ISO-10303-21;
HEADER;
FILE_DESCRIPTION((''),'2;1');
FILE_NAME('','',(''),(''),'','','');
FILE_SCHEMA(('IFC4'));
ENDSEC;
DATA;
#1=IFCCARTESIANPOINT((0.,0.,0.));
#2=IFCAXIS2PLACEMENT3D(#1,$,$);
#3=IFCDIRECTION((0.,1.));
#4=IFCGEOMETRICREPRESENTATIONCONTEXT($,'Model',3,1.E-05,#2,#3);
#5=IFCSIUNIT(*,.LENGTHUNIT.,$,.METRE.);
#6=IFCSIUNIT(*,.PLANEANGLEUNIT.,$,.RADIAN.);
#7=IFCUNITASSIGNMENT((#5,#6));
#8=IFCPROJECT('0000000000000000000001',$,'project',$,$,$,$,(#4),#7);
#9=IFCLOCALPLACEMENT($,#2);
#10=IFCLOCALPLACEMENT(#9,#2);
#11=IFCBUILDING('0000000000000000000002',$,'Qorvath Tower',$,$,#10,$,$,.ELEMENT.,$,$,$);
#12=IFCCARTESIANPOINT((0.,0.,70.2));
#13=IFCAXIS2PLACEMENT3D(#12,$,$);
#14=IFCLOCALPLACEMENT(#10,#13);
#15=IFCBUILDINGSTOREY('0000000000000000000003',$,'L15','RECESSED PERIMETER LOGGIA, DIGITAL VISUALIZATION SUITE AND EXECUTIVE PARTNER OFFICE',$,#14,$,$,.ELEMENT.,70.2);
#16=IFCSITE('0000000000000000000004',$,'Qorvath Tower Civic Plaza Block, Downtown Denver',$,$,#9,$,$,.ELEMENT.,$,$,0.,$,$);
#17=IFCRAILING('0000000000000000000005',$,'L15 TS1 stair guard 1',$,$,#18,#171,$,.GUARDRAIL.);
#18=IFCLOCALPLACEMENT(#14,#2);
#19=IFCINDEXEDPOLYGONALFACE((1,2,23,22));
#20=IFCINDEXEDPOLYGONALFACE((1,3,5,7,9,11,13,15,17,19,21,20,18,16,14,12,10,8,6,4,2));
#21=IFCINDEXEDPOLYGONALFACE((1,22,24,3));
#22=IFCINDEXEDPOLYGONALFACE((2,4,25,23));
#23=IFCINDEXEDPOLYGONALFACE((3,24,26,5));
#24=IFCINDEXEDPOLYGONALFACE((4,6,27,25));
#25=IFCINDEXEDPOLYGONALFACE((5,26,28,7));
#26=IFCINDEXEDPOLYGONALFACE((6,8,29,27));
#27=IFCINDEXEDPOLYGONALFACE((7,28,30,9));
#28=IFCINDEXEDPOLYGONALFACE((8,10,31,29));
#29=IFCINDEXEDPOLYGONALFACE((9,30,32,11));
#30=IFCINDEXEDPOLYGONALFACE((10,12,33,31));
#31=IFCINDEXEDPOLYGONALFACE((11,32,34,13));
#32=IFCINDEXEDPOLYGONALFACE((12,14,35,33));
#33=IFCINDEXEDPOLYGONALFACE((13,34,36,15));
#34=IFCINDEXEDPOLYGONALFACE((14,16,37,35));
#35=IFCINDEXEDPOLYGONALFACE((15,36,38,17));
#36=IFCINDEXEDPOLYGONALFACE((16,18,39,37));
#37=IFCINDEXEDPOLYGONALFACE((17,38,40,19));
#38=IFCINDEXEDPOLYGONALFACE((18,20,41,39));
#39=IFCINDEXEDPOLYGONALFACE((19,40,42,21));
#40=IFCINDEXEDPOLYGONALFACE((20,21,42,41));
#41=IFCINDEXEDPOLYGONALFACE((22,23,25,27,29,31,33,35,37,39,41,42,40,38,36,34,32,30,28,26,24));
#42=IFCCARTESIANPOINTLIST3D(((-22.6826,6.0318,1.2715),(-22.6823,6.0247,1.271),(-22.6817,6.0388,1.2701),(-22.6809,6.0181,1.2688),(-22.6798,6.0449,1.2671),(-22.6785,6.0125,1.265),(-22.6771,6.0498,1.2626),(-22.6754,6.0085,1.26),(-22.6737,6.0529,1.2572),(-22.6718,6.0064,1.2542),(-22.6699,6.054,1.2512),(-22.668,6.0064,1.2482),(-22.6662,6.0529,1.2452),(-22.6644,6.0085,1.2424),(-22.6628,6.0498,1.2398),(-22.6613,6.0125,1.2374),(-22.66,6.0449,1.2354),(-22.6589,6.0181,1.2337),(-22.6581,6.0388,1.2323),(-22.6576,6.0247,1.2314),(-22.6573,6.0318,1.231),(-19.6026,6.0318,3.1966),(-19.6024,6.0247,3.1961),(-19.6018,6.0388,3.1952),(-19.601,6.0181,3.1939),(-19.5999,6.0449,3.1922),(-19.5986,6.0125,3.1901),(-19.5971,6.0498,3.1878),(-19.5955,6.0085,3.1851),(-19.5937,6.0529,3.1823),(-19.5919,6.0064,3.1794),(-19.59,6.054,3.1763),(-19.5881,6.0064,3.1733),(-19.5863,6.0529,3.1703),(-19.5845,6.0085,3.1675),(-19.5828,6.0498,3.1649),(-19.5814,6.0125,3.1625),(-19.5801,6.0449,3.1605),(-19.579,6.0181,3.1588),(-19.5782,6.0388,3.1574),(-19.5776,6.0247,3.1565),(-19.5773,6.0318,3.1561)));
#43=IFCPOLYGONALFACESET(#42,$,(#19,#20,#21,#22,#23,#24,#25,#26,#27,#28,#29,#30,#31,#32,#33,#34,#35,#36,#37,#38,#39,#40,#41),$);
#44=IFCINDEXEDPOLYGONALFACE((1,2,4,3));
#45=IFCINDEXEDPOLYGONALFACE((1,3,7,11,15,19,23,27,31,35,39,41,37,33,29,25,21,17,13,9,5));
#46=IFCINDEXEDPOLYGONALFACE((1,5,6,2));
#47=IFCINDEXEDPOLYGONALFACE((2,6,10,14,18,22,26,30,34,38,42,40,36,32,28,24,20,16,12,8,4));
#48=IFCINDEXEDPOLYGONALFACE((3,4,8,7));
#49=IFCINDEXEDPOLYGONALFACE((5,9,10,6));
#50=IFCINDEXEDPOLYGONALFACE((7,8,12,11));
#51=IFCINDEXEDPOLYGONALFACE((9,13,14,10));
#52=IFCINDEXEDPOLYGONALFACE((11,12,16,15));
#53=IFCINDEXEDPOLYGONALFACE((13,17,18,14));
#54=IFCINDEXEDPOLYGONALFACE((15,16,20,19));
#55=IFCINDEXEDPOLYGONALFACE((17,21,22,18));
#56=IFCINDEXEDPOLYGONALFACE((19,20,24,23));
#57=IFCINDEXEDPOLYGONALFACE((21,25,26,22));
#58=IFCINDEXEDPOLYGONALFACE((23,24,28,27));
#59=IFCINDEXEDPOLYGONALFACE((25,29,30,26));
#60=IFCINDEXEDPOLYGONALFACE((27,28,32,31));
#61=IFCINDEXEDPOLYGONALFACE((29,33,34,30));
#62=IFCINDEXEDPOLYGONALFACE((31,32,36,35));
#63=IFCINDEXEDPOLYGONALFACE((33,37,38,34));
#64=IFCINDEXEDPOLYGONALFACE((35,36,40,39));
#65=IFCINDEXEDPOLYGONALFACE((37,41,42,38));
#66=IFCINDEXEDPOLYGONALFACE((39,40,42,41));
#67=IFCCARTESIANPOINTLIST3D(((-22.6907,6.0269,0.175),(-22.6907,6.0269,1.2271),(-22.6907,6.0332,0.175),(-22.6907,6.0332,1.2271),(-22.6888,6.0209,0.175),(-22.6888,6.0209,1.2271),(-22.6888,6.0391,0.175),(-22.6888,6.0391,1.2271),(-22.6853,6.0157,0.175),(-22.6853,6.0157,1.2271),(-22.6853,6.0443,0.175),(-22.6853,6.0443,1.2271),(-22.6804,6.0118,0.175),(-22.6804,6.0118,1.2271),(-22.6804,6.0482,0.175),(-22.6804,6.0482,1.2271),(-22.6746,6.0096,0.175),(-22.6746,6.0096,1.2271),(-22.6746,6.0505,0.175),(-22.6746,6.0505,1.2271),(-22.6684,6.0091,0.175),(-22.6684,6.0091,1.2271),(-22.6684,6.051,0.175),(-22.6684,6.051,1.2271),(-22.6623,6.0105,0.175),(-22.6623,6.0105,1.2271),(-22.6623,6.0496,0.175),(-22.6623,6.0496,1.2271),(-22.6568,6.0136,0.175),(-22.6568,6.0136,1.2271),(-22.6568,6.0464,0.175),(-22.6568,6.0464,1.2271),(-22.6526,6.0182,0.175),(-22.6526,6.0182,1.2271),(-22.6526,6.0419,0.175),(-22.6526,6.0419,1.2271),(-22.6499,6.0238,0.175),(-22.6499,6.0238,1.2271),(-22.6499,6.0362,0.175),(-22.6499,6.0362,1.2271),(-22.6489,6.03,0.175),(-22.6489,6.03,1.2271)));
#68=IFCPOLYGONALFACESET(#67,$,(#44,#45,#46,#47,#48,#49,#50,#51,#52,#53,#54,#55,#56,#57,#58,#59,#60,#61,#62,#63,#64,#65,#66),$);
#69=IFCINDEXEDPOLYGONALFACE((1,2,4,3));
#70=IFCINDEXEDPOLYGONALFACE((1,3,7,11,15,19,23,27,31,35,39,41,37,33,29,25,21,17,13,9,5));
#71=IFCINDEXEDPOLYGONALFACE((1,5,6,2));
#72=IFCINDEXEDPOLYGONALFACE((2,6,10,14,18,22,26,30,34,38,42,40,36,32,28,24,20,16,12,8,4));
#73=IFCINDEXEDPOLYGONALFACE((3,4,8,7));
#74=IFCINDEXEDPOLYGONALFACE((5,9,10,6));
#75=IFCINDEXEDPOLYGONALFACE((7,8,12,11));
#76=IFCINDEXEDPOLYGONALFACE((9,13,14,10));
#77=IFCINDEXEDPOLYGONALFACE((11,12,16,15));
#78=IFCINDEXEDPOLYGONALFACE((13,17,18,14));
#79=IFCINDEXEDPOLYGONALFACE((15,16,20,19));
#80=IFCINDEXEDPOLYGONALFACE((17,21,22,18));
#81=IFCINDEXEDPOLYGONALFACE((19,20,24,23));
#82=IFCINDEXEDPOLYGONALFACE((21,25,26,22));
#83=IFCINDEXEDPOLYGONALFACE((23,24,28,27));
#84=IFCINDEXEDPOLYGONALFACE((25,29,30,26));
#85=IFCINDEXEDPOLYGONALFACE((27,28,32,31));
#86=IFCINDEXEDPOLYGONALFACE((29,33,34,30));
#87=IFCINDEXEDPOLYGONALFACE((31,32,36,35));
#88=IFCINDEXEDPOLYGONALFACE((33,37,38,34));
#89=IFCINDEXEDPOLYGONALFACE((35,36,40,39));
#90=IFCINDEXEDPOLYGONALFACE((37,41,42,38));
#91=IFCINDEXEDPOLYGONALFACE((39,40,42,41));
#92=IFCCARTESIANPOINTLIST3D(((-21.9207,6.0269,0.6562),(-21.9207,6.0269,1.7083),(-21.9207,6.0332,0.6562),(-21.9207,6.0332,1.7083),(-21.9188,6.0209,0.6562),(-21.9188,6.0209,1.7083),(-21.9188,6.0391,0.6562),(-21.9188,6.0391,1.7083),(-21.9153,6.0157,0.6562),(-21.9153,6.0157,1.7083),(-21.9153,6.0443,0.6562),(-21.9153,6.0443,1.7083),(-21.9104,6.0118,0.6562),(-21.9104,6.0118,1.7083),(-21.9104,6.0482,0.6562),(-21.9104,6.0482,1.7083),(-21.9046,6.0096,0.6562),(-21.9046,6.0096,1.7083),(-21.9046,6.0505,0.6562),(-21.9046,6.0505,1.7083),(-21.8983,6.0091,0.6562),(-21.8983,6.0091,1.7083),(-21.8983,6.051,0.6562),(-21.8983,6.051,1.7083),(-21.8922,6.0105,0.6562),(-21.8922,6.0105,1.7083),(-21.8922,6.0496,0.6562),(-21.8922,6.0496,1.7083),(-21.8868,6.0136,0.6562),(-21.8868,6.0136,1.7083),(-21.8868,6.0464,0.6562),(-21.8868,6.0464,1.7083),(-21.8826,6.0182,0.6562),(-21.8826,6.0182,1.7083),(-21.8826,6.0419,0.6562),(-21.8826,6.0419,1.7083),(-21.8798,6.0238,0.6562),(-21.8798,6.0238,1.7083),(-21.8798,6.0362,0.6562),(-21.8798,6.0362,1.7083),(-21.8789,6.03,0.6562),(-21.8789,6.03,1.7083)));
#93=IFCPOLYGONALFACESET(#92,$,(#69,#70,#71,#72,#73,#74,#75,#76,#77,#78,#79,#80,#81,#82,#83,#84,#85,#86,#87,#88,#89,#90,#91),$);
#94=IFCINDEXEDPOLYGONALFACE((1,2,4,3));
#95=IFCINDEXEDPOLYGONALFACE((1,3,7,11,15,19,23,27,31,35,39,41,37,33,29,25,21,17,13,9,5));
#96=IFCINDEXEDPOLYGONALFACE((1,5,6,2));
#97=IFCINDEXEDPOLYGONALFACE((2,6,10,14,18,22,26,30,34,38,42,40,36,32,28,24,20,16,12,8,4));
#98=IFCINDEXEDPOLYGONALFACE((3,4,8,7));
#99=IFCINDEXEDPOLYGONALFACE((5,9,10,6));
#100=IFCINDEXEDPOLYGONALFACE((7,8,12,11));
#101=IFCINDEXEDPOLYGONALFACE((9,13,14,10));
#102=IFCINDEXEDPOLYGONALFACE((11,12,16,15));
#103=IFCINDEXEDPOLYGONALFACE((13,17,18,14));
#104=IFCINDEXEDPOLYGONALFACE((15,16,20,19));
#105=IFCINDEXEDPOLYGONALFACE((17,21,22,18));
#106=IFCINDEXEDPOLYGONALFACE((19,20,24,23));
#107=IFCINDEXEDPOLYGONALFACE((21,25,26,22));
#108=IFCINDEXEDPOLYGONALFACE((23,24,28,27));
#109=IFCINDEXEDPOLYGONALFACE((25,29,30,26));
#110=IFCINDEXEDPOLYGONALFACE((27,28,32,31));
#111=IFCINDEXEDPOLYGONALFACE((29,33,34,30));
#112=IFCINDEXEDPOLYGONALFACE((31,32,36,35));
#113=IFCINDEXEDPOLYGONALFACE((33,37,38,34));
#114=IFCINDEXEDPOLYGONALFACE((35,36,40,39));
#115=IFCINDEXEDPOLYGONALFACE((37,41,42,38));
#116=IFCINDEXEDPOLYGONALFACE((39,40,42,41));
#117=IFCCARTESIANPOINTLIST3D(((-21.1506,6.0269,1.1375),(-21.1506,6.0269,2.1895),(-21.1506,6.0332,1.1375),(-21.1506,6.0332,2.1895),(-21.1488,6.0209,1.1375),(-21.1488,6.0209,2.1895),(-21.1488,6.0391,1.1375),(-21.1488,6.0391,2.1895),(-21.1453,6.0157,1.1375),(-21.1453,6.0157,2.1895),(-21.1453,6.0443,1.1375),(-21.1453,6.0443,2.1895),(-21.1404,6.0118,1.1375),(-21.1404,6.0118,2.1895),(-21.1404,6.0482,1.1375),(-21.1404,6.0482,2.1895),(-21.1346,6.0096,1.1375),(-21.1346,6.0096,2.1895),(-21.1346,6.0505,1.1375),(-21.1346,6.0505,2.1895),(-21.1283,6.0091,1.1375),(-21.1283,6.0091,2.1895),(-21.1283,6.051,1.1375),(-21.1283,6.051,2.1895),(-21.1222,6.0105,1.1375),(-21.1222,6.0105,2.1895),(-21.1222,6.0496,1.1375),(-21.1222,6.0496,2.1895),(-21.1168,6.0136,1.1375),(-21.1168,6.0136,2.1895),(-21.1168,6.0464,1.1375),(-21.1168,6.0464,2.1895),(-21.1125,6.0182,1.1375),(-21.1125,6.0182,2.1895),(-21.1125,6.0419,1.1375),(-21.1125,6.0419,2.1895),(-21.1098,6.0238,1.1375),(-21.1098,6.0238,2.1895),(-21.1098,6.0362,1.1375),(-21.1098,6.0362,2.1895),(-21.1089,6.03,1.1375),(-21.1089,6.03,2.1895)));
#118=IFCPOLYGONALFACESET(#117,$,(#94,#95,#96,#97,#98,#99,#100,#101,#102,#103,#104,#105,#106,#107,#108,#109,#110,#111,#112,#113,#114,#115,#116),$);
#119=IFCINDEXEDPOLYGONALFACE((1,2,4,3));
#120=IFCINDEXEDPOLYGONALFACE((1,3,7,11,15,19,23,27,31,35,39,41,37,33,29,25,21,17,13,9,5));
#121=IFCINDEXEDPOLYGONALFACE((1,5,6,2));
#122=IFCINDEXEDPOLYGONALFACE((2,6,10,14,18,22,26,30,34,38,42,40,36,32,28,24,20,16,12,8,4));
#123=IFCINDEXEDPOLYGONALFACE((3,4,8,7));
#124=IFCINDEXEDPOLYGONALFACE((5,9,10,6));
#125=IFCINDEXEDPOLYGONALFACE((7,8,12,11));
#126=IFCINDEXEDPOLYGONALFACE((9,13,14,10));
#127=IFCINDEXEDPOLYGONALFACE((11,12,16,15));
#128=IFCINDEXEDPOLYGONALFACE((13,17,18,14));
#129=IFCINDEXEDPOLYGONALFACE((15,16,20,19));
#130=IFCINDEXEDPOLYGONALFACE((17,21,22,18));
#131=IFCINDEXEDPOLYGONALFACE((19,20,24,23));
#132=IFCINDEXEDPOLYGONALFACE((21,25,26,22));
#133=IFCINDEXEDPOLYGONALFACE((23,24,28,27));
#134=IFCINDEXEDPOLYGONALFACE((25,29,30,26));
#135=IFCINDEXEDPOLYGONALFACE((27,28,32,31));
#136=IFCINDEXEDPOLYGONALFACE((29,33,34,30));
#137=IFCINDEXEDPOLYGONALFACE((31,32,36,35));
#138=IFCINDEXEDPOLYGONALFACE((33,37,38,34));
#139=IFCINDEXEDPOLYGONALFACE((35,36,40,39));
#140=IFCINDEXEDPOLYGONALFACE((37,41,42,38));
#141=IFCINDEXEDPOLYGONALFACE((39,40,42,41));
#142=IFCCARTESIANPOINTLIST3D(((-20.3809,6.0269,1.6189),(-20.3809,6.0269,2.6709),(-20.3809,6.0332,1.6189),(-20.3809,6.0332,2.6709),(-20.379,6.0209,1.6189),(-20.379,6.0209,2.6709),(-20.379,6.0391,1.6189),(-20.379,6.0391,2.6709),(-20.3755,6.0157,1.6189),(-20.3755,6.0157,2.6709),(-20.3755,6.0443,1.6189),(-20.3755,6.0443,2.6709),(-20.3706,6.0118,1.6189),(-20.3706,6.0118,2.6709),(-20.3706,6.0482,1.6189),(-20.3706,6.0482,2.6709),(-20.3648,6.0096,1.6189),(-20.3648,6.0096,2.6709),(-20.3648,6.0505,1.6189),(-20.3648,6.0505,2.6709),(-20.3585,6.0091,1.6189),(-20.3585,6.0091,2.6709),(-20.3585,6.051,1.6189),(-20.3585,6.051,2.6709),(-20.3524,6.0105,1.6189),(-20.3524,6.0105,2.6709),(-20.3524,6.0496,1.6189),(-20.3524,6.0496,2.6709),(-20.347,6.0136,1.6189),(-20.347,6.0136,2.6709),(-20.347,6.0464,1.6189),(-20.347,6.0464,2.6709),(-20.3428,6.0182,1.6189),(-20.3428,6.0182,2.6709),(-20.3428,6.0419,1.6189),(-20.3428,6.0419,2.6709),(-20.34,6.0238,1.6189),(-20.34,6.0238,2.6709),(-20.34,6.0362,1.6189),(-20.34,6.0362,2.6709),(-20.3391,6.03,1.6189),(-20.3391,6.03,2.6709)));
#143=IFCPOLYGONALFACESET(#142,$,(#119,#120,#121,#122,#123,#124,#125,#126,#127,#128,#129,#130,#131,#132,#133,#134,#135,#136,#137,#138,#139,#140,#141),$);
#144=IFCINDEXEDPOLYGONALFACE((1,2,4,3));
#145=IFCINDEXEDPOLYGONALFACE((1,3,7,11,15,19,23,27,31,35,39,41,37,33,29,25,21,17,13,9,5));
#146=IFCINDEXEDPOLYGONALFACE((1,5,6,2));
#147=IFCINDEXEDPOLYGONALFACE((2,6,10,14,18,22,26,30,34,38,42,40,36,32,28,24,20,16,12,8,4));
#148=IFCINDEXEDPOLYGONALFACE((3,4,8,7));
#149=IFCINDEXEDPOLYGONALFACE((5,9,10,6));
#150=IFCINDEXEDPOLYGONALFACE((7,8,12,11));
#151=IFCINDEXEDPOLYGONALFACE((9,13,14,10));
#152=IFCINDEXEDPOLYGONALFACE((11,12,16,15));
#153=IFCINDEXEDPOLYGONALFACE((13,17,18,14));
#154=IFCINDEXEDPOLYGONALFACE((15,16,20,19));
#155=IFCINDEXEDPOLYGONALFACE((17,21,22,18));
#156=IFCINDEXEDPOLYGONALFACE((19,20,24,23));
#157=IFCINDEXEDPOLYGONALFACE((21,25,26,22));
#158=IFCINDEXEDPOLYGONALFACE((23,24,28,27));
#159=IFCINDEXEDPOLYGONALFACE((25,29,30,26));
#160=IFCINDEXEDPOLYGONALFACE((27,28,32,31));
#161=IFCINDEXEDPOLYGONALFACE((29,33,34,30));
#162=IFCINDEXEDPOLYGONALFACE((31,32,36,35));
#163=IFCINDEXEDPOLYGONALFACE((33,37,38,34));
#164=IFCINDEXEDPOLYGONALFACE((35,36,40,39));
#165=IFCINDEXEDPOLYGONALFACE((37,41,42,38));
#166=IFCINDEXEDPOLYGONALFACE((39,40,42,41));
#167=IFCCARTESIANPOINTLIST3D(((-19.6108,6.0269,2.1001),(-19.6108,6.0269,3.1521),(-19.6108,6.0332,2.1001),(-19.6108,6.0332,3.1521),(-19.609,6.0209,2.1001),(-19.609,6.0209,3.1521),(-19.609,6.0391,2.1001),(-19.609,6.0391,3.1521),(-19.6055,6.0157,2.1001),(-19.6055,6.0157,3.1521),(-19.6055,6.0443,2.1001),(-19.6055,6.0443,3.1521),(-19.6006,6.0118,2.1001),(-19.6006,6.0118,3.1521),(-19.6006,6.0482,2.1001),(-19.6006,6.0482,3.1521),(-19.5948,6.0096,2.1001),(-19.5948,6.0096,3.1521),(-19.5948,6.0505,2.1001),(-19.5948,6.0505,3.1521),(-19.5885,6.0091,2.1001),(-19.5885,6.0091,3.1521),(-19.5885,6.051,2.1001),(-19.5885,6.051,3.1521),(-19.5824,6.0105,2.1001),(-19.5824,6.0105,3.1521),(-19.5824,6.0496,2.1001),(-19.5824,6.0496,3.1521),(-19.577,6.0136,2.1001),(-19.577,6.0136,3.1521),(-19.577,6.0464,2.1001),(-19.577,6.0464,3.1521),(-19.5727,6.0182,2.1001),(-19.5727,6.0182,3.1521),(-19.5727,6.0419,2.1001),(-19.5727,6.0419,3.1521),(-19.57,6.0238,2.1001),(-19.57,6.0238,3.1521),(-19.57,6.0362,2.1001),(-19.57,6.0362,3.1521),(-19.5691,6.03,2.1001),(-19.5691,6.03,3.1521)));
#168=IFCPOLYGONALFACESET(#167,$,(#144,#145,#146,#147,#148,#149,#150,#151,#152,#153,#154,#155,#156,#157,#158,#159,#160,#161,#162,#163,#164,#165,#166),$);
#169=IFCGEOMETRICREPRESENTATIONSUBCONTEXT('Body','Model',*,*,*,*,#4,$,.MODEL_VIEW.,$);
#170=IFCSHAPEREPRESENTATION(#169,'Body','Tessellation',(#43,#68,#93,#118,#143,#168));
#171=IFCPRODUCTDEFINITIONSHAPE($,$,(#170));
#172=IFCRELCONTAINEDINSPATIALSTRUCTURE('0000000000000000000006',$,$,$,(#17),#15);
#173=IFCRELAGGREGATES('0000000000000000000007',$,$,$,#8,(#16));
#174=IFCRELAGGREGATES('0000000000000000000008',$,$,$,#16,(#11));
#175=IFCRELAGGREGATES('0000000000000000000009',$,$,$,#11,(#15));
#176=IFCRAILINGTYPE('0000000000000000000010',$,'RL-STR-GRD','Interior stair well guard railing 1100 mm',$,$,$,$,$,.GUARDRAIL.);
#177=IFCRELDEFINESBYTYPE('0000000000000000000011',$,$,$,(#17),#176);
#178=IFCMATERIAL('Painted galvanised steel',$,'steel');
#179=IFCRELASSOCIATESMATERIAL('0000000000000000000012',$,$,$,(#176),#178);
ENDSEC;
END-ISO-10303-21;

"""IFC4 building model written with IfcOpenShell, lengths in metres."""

from ifc_helpers import new_model, si_unit, direction, frame, origin, origin_2d, place, context, subcontext, project, spatial, circle, extrude, material, type_object, element, save


model = new_model("IFC4")

# Units and contexts
model_context = context("Model", 3, precision=1e-05, world=origin(), true_north=direction((0.0, 1.0)))
body_context = subcontext(model_context, "Body", "Model", "MODEL_VIEW")
ifc_project = project(units=[si_unit("LENGTHUNIT", "METRE"), si_unit("PLANEANGLEUNIT", "RADIAN")], contexts=[model_context])

# Site, building, storey
site_placement = place(None, origin())
site = spatial("IfcSite", under=ifc_project, at=site_placement, Name="Qorvath Tower Civic Plaza Block, Downtown Denver", CompositionType="ELEMENT", RefElevation=0.0)
building_placement = place(site_placement, origin())
building = spatial("IfcBuilding", under=site, at=building_placement, Name="Qorvath Tower", CompositionType="ELEMENT")
storey_placement = place(building_placement, frame((0.0, 0.0, 70.2)))
storey = spatial("IfcBuildingStorey", under=building, at=storey_placement, Name="L15", Description="RECESSED PERIMETER LOGGIA, DIGITAL VISUALIZATION SUITE AND EXECUTIVE PARTNER OFFICE", CompositionType="ELEMENT", Elevation=70.2)

# Railing
ifc_material_1 = material(Name="Painted galvanised steel", Category="steel")
railing_type_1 = type_object("IfcRailingType", Name="RL-STR-GRD", Description="Interior stair well guard railing 1100 mm", PredefinedType="GUARDRAIL", material=ifc_material_1)
railing_1_placement = place(storey_placement, frame((-22.6699, 6.03, 0.175)))
element("IfcRailing", 1, at=railing_1_placement, inside=storey, type_object=railing_type_1, Name="L15 TS1 stair guard 1", PredefinedType="GUARDRAIL", context=body_context, shape_type="SweptSolid", body=[
    extrude(circle(Radius=0.0239, at=origin_2d()), frame((0.0, 0.0, 1.0762), z_axis=(0.847979, 0.0, 0.530029), x_axis=(0.0, 1.0, 0.0)), (0.0, 0.0, 1.0), 3.6321),
    extrude(circle(Radius=0.021, at=origin_2d()), origin(), (0.0, 0.0, 1.0), 1.052),
    extrude(circle(Radius=0.021, at=origin_2d()), frame((0.77, 0.0, 0.4812)), (0.0, 0.0, 1.0), 1.052),
    extrude(circle(Radius=0.021, at=origin_2d()), frame((1.54, 0.0, 0.9624)), (0.0, 0.0, 1.0), 1.052),
    extrude(circle(Radius=0.021, at=origin_2d()), frame((2.3098, 0.0, 1.4438)), (0.0, 0.0, 1.0), 1.052),
    extrude(circle(Radius=0.021, at=origin_2d()), frame((3.0798, 0.0, 1.925)), (0.0, 0.0, 1.0), 1.052),
])

save(model, "model.ifc")
